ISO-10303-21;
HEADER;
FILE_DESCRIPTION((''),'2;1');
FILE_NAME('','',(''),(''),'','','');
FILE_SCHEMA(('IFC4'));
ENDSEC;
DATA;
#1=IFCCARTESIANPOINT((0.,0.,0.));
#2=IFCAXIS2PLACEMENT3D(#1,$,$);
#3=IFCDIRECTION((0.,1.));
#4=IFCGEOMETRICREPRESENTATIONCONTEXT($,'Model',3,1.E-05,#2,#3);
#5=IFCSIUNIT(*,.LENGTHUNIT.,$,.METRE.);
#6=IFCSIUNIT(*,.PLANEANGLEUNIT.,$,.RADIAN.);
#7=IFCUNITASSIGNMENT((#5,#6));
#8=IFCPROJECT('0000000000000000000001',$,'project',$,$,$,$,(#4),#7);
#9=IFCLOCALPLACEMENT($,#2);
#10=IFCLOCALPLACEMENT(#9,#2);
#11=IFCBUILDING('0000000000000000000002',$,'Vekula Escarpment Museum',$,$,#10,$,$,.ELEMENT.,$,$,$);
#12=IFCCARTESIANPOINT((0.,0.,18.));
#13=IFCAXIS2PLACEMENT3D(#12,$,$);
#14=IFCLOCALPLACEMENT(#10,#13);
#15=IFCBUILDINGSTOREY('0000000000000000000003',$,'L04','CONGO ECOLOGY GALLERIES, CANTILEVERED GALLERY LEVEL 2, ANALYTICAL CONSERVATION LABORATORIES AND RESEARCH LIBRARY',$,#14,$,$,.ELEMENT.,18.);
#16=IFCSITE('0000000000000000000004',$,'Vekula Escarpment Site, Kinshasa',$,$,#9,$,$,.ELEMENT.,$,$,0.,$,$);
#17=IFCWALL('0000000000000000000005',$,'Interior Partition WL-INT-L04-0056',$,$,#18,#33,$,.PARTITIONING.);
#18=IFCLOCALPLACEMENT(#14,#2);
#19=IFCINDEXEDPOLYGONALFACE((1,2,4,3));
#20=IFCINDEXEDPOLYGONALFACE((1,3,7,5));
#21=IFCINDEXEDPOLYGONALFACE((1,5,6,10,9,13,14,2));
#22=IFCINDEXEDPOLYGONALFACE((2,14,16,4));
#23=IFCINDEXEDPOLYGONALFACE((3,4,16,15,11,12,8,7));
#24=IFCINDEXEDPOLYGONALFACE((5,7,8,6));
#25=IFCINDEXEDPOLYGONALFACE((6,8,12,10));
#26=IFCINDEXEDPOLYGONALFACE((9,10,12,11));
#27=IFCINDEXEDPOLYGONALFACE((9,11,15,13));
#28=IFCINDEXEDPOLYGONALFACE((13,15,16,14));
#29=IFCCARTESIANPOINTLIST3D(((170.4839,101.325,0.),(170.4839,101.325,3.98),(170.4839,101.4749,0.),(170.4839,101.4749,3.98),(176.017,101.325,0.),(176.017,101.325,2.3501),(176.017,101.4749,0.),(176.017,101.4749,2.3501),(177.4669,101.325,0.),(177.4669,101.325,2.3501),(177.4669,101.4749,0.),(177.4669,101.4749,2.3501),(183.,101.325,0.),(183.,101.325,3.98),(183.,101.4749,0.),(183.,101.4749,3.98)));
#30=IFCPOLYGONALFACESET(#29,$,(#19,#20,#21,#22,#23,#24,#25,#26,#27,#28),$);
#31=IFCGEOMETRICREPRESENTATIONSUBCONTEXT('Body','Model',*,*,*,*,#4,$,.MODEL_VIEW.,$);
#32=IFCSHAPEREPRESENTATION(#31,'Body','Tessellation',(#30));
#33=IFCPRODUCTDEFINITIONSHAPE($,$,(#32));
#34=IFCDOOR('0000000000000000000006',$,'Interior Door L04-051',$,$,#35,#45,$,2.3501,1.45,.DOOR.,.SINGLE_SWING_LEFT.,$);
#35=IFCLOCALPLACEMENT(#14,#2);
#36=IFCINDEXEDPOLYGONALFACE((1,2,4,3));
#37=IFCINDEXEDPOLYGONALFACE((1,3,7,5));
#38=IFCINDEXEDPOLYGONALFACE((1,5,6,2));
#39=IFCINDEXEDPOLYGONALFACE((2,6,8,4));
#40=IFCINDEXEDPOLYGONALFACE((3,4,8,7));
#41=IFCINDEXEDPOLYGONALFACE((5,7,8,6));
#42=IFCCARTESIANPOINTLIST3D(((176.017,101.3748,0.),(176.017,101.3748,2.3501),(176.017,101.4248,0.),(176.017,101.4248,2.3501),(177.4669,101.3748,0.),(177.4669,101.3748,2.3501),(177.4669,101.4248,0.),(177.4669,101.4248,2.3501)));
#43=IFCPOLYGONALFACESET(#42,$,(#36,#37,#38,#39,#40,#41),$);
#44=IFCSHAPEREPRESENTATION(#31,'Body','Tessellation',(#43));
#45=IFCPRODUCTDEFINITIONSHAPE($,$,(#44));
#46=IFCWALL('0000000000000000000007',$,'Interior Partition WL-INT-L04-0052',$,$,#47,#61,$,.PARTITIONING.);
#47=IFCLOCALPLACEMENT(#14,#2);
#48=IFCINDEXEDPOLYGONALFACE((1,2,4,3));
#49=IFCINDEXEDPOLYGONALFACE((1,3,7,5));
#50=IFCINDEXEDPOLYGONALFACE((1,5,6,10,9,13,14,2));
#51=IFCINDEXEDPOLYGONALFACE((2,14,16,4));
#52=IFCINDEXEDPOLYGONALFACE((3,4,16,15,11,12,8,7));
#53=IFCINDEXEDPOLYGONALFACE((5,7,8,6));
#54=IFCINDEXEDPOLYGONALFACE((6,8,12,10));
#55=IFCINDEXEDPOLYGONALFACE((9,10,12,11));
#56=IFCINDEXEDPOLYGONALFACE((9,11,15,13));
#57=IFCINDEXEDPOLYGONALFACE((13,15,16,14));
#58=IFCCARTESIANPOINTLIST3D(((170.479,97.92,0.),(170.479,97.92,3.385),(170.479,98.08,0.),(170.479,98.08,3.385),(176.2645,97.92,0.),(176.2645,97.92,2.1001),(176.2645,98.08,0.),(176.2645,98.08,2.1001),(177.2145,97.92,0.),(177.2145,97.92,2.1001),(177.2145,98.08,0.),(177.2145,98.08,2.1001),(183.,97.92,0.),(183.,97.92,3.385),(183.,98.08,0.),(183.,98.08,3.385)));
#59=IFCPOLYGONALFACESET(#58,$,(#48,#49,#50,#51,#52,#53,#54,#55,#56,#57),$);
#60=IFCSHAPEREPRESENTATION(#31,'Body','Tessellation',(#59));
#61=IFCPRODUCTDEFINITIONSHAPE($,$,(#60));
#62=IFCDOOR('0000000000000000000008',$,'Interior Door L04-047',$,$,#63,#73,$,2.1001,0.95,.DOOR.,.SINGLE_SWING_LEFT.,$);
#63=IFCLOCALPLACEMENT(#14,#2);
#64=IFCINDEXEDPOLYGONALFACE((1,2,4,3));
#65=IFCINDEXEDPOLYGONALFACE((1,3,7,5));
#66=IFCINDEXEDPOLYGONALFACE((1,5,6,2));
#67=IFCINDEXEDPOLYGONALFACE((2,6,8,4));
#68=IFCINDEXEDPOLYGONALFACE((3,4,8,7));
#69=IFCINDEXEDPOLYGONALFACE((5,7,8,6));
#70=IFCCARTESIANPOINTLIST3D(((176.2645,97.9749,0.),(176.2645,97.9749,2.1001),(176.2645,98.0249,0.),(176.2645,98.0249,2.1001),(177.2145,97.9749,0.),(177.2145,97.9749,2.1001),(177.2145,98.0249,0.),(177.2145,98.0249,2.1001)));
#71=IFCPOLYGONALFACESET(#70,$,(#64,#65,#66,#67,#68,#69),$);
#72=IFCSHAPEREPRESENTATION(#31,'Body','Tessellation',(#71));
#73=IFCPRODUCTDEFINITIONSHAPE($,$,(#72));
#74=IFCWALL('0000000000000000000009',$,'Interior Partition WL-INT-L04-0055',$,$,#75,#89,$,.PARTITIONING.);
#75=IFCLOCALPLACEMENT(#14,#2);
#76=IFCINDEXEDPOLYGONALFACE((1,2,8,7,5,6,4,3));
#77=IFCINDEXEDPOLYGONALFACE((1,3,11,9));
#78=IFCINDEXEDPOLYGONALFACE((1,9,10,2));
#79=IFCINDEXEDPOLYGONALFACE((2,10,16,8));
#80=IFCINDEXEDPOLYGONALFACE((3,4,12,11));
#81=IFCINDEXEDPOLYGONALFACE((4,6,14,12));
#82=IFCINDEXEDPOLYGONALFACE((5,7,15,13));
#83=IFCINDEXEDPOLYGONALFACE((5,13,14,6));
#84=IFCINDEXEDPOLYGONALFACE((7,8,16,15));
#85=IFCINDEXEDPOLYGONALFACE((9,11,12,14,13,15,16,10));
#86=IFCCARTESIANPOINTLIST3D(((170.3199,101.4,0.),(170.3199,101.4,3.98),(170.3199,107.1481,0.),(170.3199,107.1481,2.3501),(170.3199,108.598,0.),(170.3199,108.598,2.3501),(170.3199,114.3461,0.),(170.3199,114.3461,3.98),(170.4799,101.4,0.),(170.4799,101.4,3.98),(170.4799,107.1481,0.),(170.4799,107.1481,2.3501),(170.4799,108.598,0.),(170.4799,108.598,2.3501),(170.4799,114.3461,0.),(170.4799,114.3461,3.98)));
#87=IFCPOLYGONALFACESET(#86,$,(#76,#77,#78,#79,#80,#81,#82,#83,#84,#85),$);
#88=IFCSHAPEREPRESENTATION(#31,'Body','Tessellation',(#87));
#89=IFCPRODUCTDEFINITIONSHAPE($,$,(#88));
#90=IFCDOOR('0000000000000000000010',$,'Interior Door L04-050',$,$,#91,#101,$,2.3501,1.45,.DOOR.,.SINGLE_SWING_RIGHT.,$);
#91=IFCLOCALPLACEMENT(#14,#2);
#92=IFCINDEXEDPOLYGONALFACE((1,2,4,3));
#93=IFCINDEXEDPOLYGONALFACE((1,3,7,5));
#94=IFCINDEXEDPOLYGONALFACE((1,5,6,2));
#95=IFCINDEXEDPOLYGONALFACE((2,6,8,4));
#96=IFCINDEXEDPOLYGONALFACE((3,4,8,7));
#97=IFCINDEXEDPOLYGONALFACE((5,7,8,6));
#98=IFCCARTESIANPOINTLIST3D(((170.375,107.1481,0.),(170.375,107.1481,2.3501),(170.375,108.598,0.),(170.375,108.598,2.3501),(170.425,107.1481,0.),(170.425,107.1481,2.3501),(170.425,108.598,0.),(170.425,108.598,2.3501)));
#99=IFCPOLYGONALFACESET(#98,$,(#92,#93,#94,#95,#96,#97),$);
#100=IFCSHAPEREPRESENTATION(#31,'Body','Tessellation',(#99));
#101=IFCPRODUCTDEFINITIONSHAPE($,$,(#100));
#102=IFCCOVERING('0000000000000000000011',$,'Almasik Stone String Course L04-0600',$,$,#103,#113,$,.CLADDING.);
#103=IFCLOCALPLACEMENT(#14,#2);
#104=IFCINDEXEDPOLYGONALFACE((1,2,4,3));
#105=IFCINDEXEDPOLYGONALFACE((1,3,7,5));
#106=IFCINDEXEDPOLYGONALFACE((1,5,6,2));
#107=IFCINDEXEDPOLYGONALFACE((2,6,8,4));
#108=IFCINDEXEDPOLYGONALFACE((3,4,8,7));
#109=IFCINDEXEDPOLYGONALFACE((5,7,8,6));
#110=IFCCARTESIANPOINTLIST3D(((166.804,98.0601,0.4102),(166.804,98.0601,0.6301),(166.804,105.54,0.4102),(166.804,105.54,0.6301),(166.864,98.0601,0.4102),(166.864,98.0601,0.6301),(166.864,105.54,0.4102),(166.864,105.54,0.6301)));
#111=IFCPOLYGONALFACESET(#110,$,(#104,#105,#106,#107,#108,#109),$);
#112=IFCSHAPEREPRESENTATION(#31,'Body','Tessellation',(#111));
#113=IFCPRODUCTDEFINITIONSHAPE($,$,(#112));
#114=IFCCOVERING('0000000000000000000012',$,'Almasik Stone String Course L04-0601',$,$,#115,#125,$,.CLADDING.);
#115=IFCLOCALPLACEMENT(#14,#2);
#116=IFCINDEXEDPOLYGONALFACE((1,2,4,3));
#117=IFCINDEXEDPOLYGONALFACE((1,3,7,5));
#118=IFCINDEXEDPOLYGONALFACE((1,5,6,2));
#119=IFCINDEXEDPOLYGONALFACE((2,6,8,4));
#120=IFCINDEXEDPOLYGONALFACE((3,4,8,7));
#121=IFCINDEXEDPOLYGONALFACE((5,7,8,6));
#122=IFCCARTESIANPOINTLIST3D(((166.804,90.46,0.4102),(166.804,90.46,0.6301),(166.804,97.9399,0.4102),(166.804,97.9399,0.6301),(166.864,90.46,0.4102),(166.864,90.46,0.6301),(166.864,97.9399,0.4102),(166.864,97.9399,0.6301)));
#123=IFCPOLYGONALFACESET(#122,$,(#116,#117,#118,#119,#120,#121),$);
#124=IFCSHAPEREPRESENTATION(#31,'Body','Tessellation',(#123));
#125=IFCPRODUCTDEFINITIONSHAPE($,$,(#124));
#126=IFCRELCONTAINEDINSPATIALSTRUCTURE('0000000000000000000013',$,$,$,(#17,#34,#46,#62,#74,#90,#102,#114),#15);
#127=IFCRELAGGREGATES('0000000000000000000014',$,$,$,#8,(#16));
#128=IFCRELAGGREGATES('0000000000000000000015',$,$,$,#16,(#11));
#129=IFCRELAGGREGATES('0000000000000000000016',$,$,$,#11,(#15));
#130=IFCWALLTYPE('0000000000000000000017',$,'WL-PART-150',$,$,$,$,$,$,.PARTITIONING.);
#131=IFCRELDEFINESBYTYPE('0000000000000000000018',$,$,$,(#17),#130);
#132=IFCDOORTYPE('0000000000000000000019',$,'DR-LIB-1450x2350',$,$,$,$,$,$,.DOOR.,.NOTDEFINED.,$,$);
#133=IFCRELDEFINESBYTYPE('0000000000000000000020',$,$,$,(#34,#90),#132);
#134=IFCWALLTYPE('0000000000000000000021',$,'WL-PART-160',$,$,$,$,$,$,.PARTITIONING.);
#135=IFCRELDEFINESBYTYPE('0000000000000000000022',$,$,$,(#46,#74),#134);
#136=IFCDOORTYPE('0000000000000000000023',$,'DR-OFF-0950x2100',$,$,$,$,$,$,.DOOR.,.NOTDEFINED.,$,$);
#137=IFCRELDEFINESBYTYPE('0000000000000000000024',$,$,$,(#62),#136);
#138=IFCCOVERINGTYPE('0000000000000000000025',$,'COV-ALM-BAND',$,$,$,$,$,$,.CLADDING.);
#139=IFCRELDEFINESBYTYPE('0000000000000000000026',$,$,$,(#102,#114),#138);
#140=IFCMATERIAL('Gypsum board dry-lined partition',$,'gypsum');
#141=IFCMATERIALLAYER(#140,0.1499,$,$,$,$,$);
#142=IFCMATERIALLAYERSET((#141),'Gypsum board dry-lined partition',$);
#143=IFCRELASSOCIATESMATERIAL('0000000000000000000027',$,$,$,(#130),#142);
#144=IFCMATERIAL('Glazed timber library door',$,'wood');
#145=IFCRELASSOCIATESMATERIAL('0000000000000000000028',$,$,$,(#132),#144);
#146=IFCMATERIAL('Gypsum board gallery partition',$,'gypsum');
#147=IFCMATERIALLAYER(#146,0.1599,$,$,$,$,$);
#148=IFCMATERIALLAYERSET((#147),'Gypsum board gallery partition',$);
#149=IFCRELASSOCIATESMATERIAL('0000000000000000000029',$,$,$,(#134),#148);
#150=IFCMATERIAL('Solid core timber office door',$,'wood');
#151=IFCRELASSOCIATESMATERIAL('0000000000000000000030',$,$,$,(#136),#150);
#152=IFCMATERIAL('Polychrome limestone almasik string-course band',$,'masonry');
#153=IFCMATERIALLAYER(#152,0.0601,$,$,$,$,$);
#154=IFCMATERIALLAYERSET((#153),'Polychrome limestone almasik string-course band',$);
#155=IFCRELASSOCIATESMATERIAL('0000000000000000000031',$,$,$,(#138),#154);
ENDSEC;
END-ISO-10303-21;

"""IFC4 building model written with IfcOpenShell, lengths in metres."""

from ifc_helpers import new_model, si_unit, direction, frame, frame_2d, origin, origin_2d, place, context, subcontext, project, spatial, rectangle, extrude, material, layer, layer_set, type_object, element, fill, save


model = new_model("IFC4")

# Units and contexts
model_context = context("Model", 3, precision=1e-05, world=origin(), true_north=direction((0.0, 1.0)))
body_context = subcontext(model_context, "Body", "Model", "MODEL_VIEW")
ifc_project = project(units=[si_unit("LENGTHUNIT", "METRE"), si_unit("PLANEANGLEUNIT", "RADIAN")], contexts=[model_context])

# Site, building, storey
site_placement = place(None, origin())
site = spatial("IfcSite", under=ifc_project, at=site_placement, Name="Vekula Escarpment Site, Kinshasa", CompositionType="ELEMENT", RefElevation=0.0)
building_placement = place(site_placement, origin())
building = spatial("IfcBuilding", under=site, at=building_placement, Name="Vekula Escarpment Museum", CompositionType="ELEMENT")
storey_placement = place(building_placement, frame((0.0, 0.0, 18.0)))
storey = spatial("IfcBuildingStorey", under=building, at=storey_placement, Name="L04", Description="CONGO ECOLOGY GALLERIES, CANTILEVERED GALLERY LEVEL 2, ANALYTICAL CONSERVATION LABORATORIES AND RESEARCH LIBRARY", CompositionType="ELEMENT", Elevation=18.0)

# Walls, openings, doors
ifc_material_1 = material(Name="Gypsum board dry-lined partition", Category="gypsum")
ifc_layer_1 = layer(ifc_material_1, 0.1499)
ifc_layer_set_1 = layer_set([ifc_layer_1], Name="Gypsum board dry-lined partition")
wall_type_1 = type_object("IfcWallType", Name="WL-PART-150", PredefinedType="PARTITIONING", material=ifc_layer_set_1)
wall_1_placement = place(storey_placement, frame((170.4839, 101.3999, 0.0), z_axis=(0.0, 0.0, 1.0), x_axis=(1.0, 0.0, 0.0)))
wall_1 = element("IfcWall", 1, at=wall_1_placement, inside=storey, type_object=wall_type_1, Name="Interior Partition WL-INT-L04-0056", PredefinedType="PARTITIONING", context=body_context, shape_type="SweptSolid", body=[
    extrude(rectangle(XDim=12.5161, YDim=0.1499, at=frame_2d((6.2581, 0.0))), origin(), (0.0, 0.0, 1.0), 3.98),
])
opening_1_placement = place(wall_1_placement, frame((5.533, 0.0, 0.0)))
opening_1 = element("IfcOpeningElement", 2, at=opening_1_placement, cuts=wall_1, PredefinedType="OPENING", context=body_context, shape_type="SweptSolid", body=[
    extrude(rectangle(XDim=1.45, YDim=2.3501, at=frame_2d((0.7251, 1.175))), frame((0.0, 0.085, 0.0), z_axis=(0.0, -1.0, 0.0), x_axis=(1.0, 0.0, 0.0)), (0.0, 0.0, 1.0), 0.1699),
])
ifc_material_2 = material(Name="Glazed timber library door", Category="wood")
door_type_1 = type_object("IfcDoorType", Name="DR-LIB-1450x2350", OperationType="NOTDEFINED", PredefinedType="DOOR", material=ifc_material_2)
door_1_placement = place(opening_1_placement, origin())
door_1 = element("IfcDoor", 3, at=door_1_placement, inside=storey, type_object=door_type_1, Name="Interior Door L04-051", OperationType="SINGLE_SWING_LEFT", OverallHeight=2.3501, OverallWidth=1.45, PredefinedType="DOOR", context=body_context, shape_type="SweptSolid", body=[
    extrude(rectangle(XDim=1.45, YDim=2.3501, at=frame_2d((0.7251, 1.175))), frame((0.0, 0.0249, 0.0), z_axis=(0.0, -1.0, 0.0), x_axis=(1.0, 0.0, 0.0)), (0.0, 0.0, 1.0), 0.05),
])
fill(opening_1, door_1)
ifc_material_3 = material(Name="Gypsum board gallery partition", Category="gypsum")
ifc_layer_2 = layer(ifc_material_3, 0.1599)
ifc_layer_set_2 = layer_set([ifc_layer_2], Name="Gypsum board gallery partition")
wall_type_2 = type_object("IfcWallType", Name="WL-PART-160", PredefinedType="PARTITIONING", material=ifc_layer_set_2)
wall_2_placement = place(storey_placement, frame((170.479, 98.0, 0.0), z_axis=(0.0, 0.0, 1.0), x_axis=(1.0, 0.0, 0.0)))
wall_2 = element("IfcWall", 4, at=wall_2_placement, inside=storey, type_object=wall_type_2, Name="Interior Partition WL-INT-L04-0052", PredefinedType="PARTITIONING", context=body_context, shape_type="SweptSolid", body=[
    extrude(rectangle(XDim=12.521, YDim=0.1599, at=frame_2d((6.2605, 0.0))), origin(), (0.0, 0.0, 1.0), 3.385),
])
opening_2_placement = place(wall_2_placement, frame((5.7854, 0.0, 0.0)))
opening_2 = element("IfcOpeningElement", 5, at=opening_2_placement, cuts=wall_2, PredefinedType="OPENING", context=body_context, shape_type="SweptSolid", body=[
    extrude(rectangle(XDim=0.95, YDim=2.1001, at=frame_2d((0.4751, 1.05))), frame((0.0, 0.0898, 0.0), z_axis=(0.0, -1.0, 0.0), x_axis=(1.0, 0.0, 0.0)), (0.0, 0.0, 1.0), 0.1799),
])
ifc_material_4 = material(Name="Solid core timber office door", Category="wood")
door_type_2 = type_object("IfcDoorType", Name="DR-OFF-0950x2100", OperationType="NOTDEFINED", PredefinedType="DOOR", material=ifc_material_4)
door_2_placement = place(opening_2_placement, origin())
door_2 = element("IfcDoor", 6, at=door_2_placement, inside=storey, type_object=door_type_2, Name="Interior Door L04-047", OperationType="SINGLE_SWING_LEFT", OverallHeight=2.1001, OverallWidth=0.95, PredefinedType="DOOR", context=body_context, shape_type="SweptSolid", body=[
    extrude(rectangle(XDim=0.95, YDim=2.1001, at=frame_2d((0.4751, 1.05))), frame((0.0, 0.0249, 0.0), z_axis=(0.0, -1.0, 0.0), x_axis=(1.0, 0.0, 0.0)), (0.0, 0.0, 1.0), 0.05),
])
fill(opening_2, door_2)
wall_3_placement = place(storey_placement, frame((170.3999, 101.3999, 0.0), z_axis=(0.0, 0.0, 1.0), x_axis=(0.0, 1.0, 0.0)))
wall_3 = element("IfcWall", 7, at=wall_3_placement, inside=storey, type_object=wall_type_2, Name="Interior Partition WL-INT-L04-0055", PredefinedType="PARTITIONING", context=body_context, shape_type="SweptSolid", body=[
    extrude(rectangle(XDim=12.946, YDim=0.1599, at=frame_2d((6.4731, 0.0))), origin(), (0.0, 0.0, 1.0), 3.98),
])
opening_3_placement = place(wall_3_placement, frame((5.748, 0.0, 0.0)))
opening_3 = element("IfcOpeningElement", 8, at=opening_3_placement, cuts=wall_3, PredefinedType="OPENING", context=body_context, shape_type="SweptSolid", body=[
    extrude(rectangle(XDim=1.45, YDim=2.3501, at=frame_2d((0.7251, 1.175))), frame((0.0, 0.0898, 0.0), z_axis=(0.0, -1.0, 0.0), x_axis=(1.0, 0.0, 0.0)), (0.0, 0.0, 1.0), 0.1799),
])
door_3_placement = place(opening_3_placement, origin())
door_3 = element("IfcDoor", 9, at=door_3_placement, inside=storey, type_object=door_type_1, Name="Interior Door L04-050", OperationType="SINGLE_SWING_RIGHT", OverallHeight=2.3501, OverallWidth=1.45, PredefinedType="DOOR", context=body_context, shape_type="SweptSolid", body=[
    extrude(rectangle(XDim=1.45, YDim=2.3501, at=frame_2d((0.7251, 1.175))), frame((0.0, 0.0249, 0.0), z_axis=(0.0, -1.0, 0.0), x_axis=(1.0, 0.0, 0.0)), (0.0, 0.0, 1.0), 0.05),
])
fill(opening_3, door_3)

# Coverings
ifc_material_5 = material(Name="Polychrome limestone almasik string-course band", Category="masonry")
ifc_layer_3 = layer(ifc_material_5, 0.0601)
ifc_layer_set_3 = layer_set([ifc_layer_3], Name="Polychrome limestone almasik string-course band")
covering_type = type_object("IfcCoveringType", Name="COV-ALM-BAND", PredefinedType="CLADDING", material=ifc_layer_set_3)
for number, where, z_axis, x_axis, name in (
    (10, (166.834, 101.8, 0.4102), (0.0, 0.0, 1.0), (0.0, 1.0, 0.0), "Almasik Stone String Course L04-0600"),
    (11, (166.834, 94.2, 0.4102), (0.0, 0.0, 1.0), (0.0, 1.0, 0.0), "Almasik Stone String Course L04-0601"),
):
    element("IfcCovering", number, at=place(storey_placement, frame(where, z_axis=z_axis, x_axis=x_axis)), inside=storey, type_object=covering_type, Name=name, PredefinedType="CLADDING", context=body_context, shape_type="SweptSolid", body=[
        extrude(rectangle(XDim=7.48, YDim=0.0601, at=origin_2d()), origin(), (0.0, 0.0, 1.0), 0.22),
    ])

save(model, "model.ifc")
